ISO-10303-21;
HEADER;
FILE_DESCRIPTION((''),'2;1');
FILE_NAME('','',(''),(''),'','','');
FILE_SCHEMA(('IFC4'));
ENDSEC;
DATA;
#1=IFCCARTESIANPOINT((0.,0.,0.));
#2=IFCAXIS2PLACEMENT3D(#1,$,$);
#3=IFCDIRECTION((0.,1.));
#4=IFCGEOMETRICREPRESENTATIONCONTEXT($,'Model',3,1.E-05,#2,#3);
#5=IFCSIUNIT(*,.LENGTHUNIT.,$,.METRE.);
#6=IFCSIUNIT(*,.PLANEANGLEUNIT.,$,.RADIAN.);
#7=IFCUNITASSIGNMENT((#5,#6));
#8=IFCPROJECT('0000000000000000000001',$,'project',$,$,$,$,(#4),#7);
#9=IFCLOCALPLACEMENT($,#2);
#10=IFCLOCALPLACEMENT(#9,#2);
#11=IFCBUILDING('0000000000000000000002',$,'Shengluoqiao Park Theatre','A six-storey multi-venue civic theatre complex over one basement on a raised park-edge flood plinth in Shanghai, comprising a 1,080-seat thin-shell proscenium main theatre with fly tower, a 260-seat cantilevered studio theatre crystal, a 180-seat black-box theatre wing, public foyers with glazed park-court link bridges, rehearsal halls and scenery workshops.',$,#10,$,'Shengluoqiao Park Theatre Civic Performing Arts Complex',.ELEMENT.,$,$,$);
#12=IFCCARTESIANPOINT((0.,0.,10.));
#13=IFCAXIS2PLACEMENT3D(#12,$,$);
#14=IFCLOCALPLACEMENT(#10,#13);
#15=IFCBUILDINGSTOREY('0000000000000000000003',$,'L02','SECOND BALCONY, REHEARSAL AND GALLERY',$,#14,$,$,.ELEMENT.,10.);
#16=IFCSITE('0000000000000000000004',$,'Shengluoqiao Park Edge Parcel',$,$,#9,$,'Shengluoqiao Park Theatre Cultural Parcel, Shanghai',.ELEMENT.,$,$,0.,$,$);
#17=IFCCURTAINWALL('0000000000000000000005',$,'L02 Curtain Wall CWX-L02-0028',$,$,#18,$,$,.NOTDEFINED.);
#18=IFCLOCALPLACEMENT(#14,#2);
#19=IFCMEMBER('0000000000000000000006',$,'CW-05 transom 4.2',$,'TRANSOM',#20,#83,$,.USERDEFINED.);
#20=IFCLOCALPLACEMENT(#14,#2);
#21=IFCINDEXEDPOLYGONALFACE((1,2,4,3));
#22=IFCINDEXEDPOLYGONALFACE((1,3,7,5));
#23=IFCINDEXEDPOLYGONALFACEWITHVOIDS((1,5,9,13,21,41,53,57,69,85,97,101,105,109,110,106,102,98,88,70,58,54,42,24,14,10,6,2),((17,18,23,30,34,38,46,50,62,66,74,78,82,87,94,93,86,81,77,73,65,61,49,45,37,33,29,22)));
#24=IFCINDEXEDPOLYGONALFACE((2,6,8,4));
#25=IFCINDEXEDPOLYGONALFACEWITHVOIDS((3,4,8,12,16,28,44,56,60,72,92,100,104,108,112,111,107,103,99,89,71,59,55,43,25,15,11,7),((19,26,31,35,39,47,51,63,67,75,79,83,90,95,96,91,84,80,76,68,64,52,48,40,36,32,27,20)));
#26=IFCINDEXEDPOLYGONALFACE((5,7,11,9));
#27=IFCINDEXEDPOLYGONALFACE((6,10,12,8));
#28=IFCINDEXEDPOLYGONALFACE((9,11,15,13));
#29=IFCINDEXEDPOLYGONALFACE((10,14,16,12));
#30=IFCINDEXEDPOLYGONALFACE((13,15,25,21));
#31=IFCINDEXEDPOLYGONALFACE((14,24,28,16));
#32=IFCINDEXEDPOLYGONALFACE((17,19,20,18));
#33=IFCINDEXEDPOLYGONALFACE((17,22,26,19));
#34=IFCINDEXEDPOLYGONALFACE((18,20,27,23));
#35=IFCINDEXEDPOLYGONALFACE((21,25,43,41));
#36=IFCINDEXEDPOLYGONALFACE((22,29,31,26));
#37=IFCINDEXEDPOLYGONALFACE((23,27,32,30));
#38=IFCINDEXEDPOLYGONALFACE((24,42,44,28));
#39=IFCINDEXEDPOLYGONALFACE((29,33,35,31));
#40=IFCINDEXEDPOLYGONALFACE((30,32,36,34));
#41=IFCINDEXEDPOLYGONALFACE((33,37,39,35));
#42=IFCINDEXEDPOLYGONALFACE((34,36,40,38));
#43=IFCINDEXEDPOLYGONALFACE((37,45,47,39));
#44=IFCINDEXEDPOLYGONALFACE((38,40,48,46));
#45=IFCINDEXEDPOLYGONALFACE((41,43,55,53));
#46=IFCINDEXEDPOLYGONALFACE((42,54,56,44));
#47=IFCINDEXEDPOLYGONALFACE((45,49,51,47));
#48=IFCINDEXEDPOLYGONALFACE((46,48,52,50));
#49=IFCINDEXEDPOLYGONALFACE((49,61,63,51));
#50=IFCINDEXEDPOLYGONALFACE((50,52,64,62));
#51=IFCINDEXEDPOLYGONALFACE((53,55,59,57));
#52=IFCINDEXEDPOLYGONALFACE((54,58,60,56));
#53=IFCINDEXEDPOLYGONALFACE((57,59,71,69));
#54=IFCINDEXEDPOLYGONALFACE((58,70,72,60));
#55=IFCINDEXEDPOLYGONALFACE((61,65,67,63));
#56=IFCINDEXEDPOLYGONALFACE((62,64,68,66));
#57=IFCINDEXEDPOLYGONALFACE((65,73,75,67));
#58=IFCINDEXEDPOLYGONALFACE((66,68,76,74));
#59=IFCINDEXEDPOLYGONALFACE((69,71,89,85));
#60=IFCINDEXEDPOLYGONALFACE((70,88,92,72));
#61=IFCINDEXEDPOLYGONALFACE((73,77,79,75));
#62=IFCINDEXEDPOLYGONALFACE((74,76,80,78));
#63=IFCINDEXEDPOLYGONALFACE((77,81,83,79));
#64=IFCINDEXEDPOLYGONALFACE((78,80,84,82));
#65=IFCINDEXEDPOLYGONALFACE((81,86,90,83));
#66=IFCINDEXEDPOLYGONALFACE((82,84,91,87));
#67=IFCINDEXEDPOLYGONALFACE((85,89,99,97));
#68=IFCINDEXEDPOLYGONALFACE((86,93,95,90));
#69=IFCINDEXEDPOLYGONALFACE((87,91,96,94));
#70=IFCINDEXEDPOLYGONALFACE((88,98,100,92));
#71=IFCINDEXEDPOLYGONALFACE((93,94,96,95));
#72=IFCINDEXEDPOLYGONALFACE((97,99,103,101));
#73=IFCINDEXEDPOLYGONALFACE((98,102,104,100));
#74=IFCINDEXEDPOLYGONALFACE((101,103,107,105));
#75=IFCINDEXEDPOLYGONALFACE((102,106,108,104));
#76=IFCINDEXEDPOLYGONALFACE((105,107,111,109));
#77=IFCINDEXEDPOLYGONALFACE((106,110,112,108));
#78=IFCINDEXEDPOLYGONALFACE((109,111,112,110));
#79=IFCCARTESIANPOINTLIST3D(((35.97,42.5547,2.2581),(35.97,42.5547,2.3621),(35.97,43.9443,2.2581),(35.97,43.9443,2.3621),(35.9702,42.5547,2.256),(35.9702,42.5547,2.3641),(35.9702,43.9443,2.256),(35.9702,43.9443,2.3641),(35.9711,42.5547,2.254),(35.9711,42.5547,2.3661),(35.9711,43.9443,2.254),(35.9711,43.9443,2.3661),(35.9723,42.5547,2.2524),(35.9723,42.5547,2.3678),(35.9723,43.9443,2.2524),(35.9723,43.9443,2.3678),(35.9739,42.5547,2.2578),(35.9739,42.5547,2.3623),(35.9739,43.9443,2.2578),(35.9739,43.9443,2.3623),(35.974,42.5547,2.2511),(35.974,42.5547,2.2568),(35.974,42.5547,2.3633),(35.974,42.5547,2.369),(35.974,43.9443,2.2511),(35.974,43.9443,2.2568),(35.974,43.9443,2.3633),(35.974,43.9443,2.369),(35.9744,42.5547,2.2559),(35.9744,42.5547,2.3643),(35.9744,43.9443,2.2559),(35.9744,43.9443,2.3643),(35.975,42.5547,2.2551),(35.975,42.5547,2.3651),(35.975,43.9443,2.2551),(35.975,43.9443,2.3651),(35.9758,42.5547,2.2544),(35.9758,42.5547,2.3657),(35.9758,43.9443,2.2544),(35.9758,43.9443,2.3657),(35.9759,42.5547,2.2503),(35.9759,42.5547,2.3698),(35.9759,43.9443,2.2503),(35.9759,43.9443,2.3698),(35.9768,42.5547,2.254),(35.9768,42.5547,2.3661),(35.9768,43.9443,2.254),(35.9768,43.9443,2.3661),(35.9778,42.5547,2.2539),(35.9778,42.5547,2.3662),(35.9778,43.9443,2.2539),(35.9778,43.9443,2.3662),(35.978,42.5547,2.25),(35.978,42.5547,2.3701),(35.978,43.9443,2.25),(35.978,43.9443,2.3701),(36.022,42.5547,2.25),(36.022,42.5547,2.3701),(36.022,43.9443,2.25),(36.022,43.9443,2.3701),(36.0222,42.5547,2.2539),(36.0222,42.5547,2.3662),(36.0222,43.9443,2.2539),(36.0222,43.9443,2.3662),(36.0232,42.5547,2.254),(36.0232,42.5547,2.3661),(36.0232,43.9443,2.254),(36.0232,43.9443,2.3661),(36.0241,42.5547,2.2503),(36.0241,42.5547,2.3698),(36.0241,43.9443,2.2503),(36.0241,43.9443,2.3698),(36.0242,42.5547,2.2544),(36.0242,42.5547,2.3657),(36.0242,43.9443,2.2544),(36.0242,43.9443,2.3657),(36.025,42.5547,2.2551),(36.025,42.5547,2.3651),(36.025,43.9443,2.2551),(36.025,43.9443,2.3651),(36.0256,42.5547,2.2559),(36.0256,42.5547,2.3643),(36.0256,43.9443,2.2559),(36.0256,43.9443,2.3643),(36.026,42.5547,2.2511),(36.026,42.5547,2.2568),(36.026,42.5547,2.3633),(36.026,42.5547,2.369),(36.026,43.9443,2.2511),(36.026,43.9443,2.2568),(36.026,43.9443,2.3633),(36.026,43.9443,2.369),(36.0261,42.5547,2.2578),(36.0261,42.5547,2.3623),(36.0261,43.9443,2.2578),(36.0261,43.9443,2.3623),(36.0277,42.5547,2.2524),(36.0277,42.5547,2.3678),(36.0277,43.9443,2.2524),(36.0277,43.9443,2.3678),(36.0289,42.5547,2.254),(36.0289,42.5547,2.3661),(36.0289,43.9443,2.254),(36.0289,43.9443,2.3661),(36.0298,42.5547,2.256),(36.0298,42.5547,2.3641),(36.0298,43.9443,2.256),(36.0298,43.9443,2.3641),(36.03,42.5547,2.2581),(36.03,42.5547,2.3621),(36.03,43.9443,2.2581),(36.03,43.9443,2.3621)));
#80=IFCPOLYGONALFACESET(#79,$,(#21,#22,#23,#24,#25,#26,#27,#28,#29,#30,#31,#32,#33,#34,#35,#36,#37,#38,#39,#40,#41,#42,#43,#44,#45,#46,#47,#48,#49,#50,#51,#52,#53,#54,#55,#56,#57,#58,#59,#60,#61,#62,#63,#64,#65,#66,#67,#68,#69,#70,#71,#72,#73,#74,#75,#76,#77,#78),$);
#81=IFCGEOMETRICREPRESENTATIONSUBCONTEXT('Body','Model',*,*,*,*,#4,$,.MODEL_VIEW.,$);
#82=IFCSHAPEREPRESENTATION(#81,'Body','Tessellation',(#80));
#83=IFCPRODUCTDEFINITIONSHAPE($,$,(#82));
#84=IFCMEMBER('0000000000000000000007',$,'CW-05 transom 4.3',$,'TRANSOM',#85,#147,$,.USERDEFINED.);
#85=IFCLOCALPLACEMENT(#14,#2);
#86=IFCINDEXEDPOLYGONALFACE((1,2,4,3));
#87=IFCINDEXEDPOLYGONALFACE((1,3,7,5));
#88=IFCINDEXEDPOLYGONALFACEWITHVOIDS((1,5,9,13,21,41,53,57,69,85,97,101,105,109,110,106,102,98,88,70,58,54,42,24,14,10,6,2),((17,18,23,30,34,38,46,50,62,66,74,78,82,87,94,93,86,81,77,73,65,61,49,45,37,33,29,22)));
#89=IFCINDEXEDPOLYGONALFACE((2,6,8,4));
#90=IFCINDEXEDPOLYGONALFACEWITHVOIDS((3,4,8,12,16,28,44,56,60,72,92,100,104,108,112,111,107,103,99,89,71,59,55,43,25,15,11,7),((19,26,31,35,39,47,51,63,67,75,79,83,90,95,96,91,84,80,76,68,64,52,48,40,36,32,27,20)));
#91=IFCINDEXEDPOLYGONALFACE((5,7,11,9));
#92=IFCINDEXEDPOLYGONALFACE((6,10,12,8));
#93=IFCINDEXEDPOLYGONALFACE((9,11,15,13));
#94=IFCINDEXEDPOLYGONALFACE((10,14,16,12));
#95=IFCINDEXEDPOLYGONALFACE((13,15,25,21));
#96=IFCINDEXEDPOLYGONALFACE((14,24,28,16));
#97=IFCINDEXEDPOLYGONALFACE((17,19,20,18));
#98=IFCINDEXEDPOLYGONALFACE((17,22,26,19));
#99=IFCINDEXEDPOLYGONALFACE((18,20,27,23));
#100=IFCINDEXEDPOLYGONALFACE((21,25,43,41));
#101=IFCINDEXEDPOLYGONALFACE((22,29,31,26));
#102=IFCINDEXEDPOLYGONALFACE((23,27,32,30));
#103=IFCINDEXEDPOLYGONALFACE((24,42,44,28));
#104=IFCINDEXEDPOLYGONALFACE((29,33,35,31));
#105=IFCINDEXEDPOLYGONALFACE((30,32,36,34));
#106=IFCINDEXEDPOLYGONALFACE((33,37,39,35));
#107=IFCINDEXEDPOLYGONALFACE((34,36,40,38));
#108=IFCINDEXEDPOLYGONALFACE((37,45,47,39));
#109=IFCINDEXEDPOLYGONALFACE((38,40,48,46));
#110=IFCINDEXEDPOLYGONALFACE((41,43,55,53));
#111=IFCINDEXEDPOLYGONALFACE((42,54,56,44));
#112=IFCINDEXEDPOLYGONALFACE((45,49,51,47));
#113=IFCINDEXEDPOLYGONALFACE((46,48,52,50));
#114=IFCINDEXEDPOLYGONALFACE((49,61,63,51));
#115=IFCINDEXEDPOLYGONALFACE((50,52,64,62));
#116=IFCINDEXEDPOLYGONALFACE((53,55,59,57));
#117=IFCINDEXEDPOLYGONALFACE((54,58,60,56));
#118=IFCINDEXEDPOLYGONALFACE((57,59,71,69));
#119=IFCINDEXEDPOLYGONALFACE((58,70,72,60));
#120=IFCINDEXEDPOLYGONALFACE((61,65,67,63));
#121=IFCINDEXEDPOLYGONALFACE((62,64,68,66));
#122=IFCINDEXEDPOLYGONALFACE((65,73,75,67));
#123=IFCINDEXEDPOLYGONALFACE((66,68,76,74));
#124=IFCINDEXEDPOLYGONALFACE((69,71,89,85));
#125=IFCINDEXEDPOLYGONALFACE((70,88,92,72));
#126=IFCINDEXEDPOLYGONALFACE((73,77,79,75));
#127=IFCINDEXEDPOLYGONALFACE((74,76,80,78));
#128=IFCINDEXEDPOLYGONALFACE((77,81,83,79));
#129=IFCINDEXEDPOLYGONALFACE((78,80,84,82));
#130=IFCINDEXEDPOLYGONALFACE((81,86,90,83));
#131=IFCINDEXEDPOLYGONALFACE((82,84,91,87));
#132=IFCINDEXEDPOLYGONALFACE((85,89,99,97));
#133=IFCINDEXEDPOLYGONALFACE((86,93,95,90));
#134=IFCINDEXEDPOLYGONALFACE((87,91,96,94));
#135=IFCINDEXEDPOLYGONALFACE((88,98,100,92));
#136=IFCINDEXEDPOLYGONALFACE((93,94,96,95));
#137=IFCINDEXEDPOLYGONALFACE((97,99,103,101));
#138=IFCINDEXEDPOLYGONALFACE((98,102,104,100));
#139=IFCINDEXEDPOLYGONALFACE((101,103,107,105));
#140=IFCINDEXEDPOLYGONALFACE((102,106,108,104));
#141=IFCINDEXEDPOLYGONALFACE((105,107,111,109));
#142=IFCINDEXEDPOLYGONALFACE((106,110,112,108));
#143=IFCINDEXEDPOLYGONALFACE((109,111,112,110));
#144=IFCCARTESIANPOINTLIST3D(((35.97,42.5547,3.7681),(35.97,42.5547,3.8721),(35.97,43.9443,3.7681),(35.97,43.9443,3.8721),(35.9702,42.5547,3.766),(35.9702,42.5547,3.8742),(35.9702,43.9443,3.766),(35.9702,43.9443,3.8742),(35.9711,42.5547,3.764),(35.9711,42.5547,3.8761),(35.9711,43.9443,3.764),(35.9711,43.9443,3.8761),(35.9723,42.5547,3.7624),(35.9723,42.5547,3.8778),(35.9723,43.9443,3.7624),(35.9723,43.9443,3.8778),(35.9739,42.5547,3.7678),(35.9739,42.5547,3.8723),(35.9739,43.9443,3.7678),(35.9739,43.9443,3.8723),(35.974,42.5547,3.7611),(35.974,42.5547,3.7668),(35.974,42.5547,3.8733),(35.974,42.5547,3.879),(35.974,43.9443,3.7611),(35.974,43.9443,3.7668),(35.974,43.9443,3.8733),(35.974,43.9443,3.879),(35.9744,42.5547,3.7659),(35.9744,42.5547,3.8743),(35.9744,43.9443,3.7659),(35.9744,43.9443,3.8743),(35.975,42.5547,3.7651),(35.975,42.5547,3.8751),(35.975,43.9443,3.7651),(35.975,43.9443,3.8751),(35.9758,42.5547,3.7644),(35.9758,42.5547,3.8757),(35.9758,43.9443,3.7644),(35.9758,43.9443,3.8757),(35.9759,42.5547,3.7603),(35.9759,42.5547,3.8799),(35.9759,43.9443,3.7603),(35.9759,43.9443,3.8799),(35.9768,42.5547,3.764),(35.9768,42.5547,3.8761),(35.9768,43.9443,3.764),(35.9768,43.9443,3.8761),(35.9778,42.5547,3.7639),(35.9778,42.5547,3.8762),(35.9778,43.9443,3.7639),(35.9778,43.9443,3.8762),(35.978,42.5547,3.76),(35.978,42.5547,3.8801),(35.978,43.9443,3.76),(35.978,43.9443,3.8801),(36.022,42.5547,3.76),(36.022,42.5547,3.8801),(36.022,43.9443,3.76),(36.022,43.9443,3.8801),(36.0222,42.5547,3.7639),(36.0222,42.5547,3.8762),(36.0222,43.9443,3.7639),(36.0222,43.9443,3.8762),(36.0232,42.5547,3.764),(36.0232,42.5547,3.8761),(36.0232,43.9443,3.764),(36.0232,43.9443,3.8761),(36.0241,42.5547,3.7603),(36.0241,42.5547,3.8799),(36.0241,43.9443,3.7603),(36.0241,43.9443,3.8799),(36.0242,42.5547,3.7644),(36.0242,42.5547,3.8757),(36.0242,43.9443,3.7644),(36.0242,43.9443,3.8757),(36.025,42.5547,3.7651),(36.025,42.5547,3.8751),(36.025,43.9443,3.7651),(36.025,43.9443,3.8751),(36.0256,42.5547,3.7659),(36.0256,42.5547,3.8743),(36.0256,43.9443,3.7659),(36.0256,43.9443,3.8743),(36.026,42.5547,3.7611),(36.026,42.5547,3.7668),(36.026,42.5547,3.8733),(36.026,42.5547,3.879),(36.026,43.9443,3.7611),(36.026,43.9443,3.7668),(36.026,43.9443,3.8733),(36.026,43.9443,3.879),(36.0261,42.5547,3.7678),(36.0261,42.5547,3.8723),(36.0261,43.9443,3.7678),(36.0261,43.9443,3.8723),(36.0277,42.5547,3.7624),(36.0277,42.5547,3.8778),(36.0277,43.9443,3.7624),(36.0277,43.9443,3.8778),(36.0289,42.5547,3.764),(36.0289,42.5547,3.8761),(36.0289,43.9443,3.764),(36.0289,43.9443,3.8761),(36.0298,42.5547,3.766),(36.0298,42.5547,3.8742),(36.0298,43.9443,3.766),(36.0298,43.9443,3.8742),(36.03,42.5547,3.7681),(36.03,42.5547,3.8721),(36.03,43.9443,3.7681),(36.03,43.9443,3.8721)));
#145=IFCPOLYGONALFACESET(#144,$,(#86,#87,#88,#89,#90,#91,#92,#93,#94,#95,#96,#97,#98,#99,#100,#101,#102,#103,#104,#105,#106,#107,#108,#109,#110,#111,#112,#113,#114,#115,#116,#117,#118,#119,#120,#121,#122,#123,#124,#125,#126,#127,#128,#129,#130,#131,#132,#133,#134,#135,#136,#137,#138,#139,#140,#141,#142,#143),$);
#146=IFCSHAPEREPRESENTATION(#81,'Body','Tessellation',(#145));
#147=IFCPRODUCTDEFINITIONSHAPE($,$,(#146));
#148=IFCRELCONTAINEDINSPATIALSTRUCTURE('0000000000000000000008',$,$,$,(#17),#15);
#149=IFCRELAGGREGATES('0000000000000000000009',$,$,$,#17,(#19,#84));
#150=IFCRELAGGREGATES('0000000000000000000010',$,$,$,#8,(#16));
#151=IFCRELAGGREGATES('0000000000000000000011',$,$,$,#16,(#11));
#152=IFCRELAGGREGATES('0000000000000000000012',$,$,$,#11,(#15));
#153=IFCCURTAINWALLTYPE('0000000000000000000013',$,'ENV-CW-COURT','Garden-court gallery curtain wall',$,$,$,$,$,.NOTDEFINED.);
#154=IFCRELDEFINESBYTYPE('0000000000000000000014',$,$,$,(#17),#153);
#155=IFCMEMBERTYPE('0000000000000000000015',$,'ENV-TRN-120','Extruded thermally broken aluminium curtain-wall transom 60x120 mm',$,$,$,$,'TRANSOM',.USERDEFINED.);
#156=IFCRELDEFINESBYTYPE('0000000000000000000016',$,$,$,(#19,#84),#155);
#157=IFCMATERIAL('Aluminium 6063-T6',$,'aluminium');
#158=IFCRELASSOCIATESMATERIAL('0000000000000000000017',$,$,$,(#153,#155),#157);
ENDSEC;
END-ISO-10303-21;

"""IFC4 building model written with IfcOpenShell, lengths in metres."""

from ifc_helpers import new_model, si_unit, direction, frame, origin, origin_2d, place, context, subcontext, project, spatial, hollow_rectangle, extrude, material, material_profile, profile_set, type_object, element, aggregate, save


model = new_model("IFC4")

# Units and contexts
model_context = context("Model", 3, precision=1e-05, world=origin(), true_north=direction((0.0, 1.0)))
body_context = subcontext(model_context, "Body", "Model", "MODEL_VIEW")
ifc_project = project(units=[si_unit("LENGTHUNIT", "METRE"), si_unit("PLANEANGLEUNIT", "RADIAN")], contexts=[model_context])

# Site, building, storey
site_placement = place(None, origin())
site = spatial("IfcSite", under=ifc_project, at=site_placement, Name="Shengluoqiao Park Edge Parcel", LongName="Shengluoqiao Park Theatre Cultural Parcel, Shanghai", CompositionType="ELEMENT", RefElevation=0.0)
building_placement = place(site_placement, origin())
building = spatial("IfcBuilding", under=site, at=building_placement, Name="Shengluoqiao Park Theatre", Description="A six-storey multi-venue civic theatre complex over one basement on a raised park-edge flood plinth in Shanghai, comprising a 1,080-seat thin-shell proscenium main theatre with fly tower, a 260-seat cantilevered studio theatre crystal, a 180-seat black-box theatre wing, public foyers with glazed park-court link bridges, rehearsal halls and scenery workshops.", LongName="Shengluoqiao Park Theatre Civic Performing Arts Complex", CompositionType="ELEMENT")
storey_placement = place(building_placement, frame((0.0, 0.0, 10.0)))
storey = spatial("IfcBuildingStorey", under=building, at=storey_placement, Name="L02", Description="SECOND BALCONY, REHEARSAL AND GALLERY", CompositionType="ELEMENT", Elevation=10.0)

# Curtain wall
ifc_material_1 = material(Name="Aluminium 6063-T6", Category="aluminium")
curtain_wall_type = type_object("IfcCurtainWallType", Name="ENV-CW-COURT", Description="Garden-court gallery curtain wall", PredefinedType="NOTDEFINED", material=ifc_material_1)
curtain_wall_1_placement = place(storey_placement, origin())
curtain_wall_1 = element("IfcCurtainWall", 1, at=curtain_wall_1_placement, inside=storey, type_object=curtain_wall_type, Name="L02 Curtain Wall CWX-L02-0028", PredefinedType="NOTDEFINED")

# Members
ifc_material_profile_1 = material_profile(ifc_material_1, hollow_rectangle(XDim=0.0601, YDim=0.1201, WallThickness=0.0039, InnerFilletRadius=0.0039, OuterFilletRadius=0.0081, at=origin_2d()), Name="ALU TRANSOM 120x60x4")
ifc_profile_set_1 = profile_set([ifc_material_profile_1], Name="Aluminium 6063-T6")
member_type_1 = type_object("IfcMemberType", Name="ENV-TRN-120", Description="Extruded thermally broken aluminium curtain-wall transom 60x120 mm", ElementType="TRANSOM", PredefinedType="USERDEFINED", material=ifc_profile_set_1)
member_1_placement = place(storey_placement, frame((36.0, 42.5547, 2.3101), z_axis=(0.0, 1.0, 0.0), x_axis=(-1.0, 0.0, 0.0)))
member_1 = element("IfcMember", 2, at=member_1_placement, type_object=member_type_1, Name="CW-05 transom 4.2", ObjectType="TRANSOM", PredefinedType="USERDEFINED", context=body_context, shape_type="SweptSolid", body=[
    extrude(hollow_rectangle(XDim=0.0601, YDim=0.1201, WallThickness=0.0039, InnerFilletRadius=0.0039, OuterFilletRadius=0.0081, at=origin_2d()), origin(), (0.0, 0.0, 1.0), 1.3896),
])
member_2_placement = place(storey_placement, frame((36.0, 42.5547, 3.8201), z_axis=(0.0, 1.0, 0.0), x_axis=(-1.0, 0.0, 0.0)))
member_2 = element("IfcMember", 3, at=member_2_placement, type_object=member_type_1, Name="CW-05 transom 4.3", ObjectType="TRANSOM", PredefinedType="USERDEFINED", context=body_context, shape_type="SweptSolid", body=[
    extrude(hollow_rectangle(XDim=0.0601, YDim=0.1201, WallThickness=0.0039, InnerFilletRadius=0.0039, OuterFilletRadius=0.0081, at=origin_2d()), origin(), (0.0, 0.0, 1.0), 1.3896),
])

aggregate(curtain_wall_1, [member_1, member_2])

save(model, "model.ifc")
